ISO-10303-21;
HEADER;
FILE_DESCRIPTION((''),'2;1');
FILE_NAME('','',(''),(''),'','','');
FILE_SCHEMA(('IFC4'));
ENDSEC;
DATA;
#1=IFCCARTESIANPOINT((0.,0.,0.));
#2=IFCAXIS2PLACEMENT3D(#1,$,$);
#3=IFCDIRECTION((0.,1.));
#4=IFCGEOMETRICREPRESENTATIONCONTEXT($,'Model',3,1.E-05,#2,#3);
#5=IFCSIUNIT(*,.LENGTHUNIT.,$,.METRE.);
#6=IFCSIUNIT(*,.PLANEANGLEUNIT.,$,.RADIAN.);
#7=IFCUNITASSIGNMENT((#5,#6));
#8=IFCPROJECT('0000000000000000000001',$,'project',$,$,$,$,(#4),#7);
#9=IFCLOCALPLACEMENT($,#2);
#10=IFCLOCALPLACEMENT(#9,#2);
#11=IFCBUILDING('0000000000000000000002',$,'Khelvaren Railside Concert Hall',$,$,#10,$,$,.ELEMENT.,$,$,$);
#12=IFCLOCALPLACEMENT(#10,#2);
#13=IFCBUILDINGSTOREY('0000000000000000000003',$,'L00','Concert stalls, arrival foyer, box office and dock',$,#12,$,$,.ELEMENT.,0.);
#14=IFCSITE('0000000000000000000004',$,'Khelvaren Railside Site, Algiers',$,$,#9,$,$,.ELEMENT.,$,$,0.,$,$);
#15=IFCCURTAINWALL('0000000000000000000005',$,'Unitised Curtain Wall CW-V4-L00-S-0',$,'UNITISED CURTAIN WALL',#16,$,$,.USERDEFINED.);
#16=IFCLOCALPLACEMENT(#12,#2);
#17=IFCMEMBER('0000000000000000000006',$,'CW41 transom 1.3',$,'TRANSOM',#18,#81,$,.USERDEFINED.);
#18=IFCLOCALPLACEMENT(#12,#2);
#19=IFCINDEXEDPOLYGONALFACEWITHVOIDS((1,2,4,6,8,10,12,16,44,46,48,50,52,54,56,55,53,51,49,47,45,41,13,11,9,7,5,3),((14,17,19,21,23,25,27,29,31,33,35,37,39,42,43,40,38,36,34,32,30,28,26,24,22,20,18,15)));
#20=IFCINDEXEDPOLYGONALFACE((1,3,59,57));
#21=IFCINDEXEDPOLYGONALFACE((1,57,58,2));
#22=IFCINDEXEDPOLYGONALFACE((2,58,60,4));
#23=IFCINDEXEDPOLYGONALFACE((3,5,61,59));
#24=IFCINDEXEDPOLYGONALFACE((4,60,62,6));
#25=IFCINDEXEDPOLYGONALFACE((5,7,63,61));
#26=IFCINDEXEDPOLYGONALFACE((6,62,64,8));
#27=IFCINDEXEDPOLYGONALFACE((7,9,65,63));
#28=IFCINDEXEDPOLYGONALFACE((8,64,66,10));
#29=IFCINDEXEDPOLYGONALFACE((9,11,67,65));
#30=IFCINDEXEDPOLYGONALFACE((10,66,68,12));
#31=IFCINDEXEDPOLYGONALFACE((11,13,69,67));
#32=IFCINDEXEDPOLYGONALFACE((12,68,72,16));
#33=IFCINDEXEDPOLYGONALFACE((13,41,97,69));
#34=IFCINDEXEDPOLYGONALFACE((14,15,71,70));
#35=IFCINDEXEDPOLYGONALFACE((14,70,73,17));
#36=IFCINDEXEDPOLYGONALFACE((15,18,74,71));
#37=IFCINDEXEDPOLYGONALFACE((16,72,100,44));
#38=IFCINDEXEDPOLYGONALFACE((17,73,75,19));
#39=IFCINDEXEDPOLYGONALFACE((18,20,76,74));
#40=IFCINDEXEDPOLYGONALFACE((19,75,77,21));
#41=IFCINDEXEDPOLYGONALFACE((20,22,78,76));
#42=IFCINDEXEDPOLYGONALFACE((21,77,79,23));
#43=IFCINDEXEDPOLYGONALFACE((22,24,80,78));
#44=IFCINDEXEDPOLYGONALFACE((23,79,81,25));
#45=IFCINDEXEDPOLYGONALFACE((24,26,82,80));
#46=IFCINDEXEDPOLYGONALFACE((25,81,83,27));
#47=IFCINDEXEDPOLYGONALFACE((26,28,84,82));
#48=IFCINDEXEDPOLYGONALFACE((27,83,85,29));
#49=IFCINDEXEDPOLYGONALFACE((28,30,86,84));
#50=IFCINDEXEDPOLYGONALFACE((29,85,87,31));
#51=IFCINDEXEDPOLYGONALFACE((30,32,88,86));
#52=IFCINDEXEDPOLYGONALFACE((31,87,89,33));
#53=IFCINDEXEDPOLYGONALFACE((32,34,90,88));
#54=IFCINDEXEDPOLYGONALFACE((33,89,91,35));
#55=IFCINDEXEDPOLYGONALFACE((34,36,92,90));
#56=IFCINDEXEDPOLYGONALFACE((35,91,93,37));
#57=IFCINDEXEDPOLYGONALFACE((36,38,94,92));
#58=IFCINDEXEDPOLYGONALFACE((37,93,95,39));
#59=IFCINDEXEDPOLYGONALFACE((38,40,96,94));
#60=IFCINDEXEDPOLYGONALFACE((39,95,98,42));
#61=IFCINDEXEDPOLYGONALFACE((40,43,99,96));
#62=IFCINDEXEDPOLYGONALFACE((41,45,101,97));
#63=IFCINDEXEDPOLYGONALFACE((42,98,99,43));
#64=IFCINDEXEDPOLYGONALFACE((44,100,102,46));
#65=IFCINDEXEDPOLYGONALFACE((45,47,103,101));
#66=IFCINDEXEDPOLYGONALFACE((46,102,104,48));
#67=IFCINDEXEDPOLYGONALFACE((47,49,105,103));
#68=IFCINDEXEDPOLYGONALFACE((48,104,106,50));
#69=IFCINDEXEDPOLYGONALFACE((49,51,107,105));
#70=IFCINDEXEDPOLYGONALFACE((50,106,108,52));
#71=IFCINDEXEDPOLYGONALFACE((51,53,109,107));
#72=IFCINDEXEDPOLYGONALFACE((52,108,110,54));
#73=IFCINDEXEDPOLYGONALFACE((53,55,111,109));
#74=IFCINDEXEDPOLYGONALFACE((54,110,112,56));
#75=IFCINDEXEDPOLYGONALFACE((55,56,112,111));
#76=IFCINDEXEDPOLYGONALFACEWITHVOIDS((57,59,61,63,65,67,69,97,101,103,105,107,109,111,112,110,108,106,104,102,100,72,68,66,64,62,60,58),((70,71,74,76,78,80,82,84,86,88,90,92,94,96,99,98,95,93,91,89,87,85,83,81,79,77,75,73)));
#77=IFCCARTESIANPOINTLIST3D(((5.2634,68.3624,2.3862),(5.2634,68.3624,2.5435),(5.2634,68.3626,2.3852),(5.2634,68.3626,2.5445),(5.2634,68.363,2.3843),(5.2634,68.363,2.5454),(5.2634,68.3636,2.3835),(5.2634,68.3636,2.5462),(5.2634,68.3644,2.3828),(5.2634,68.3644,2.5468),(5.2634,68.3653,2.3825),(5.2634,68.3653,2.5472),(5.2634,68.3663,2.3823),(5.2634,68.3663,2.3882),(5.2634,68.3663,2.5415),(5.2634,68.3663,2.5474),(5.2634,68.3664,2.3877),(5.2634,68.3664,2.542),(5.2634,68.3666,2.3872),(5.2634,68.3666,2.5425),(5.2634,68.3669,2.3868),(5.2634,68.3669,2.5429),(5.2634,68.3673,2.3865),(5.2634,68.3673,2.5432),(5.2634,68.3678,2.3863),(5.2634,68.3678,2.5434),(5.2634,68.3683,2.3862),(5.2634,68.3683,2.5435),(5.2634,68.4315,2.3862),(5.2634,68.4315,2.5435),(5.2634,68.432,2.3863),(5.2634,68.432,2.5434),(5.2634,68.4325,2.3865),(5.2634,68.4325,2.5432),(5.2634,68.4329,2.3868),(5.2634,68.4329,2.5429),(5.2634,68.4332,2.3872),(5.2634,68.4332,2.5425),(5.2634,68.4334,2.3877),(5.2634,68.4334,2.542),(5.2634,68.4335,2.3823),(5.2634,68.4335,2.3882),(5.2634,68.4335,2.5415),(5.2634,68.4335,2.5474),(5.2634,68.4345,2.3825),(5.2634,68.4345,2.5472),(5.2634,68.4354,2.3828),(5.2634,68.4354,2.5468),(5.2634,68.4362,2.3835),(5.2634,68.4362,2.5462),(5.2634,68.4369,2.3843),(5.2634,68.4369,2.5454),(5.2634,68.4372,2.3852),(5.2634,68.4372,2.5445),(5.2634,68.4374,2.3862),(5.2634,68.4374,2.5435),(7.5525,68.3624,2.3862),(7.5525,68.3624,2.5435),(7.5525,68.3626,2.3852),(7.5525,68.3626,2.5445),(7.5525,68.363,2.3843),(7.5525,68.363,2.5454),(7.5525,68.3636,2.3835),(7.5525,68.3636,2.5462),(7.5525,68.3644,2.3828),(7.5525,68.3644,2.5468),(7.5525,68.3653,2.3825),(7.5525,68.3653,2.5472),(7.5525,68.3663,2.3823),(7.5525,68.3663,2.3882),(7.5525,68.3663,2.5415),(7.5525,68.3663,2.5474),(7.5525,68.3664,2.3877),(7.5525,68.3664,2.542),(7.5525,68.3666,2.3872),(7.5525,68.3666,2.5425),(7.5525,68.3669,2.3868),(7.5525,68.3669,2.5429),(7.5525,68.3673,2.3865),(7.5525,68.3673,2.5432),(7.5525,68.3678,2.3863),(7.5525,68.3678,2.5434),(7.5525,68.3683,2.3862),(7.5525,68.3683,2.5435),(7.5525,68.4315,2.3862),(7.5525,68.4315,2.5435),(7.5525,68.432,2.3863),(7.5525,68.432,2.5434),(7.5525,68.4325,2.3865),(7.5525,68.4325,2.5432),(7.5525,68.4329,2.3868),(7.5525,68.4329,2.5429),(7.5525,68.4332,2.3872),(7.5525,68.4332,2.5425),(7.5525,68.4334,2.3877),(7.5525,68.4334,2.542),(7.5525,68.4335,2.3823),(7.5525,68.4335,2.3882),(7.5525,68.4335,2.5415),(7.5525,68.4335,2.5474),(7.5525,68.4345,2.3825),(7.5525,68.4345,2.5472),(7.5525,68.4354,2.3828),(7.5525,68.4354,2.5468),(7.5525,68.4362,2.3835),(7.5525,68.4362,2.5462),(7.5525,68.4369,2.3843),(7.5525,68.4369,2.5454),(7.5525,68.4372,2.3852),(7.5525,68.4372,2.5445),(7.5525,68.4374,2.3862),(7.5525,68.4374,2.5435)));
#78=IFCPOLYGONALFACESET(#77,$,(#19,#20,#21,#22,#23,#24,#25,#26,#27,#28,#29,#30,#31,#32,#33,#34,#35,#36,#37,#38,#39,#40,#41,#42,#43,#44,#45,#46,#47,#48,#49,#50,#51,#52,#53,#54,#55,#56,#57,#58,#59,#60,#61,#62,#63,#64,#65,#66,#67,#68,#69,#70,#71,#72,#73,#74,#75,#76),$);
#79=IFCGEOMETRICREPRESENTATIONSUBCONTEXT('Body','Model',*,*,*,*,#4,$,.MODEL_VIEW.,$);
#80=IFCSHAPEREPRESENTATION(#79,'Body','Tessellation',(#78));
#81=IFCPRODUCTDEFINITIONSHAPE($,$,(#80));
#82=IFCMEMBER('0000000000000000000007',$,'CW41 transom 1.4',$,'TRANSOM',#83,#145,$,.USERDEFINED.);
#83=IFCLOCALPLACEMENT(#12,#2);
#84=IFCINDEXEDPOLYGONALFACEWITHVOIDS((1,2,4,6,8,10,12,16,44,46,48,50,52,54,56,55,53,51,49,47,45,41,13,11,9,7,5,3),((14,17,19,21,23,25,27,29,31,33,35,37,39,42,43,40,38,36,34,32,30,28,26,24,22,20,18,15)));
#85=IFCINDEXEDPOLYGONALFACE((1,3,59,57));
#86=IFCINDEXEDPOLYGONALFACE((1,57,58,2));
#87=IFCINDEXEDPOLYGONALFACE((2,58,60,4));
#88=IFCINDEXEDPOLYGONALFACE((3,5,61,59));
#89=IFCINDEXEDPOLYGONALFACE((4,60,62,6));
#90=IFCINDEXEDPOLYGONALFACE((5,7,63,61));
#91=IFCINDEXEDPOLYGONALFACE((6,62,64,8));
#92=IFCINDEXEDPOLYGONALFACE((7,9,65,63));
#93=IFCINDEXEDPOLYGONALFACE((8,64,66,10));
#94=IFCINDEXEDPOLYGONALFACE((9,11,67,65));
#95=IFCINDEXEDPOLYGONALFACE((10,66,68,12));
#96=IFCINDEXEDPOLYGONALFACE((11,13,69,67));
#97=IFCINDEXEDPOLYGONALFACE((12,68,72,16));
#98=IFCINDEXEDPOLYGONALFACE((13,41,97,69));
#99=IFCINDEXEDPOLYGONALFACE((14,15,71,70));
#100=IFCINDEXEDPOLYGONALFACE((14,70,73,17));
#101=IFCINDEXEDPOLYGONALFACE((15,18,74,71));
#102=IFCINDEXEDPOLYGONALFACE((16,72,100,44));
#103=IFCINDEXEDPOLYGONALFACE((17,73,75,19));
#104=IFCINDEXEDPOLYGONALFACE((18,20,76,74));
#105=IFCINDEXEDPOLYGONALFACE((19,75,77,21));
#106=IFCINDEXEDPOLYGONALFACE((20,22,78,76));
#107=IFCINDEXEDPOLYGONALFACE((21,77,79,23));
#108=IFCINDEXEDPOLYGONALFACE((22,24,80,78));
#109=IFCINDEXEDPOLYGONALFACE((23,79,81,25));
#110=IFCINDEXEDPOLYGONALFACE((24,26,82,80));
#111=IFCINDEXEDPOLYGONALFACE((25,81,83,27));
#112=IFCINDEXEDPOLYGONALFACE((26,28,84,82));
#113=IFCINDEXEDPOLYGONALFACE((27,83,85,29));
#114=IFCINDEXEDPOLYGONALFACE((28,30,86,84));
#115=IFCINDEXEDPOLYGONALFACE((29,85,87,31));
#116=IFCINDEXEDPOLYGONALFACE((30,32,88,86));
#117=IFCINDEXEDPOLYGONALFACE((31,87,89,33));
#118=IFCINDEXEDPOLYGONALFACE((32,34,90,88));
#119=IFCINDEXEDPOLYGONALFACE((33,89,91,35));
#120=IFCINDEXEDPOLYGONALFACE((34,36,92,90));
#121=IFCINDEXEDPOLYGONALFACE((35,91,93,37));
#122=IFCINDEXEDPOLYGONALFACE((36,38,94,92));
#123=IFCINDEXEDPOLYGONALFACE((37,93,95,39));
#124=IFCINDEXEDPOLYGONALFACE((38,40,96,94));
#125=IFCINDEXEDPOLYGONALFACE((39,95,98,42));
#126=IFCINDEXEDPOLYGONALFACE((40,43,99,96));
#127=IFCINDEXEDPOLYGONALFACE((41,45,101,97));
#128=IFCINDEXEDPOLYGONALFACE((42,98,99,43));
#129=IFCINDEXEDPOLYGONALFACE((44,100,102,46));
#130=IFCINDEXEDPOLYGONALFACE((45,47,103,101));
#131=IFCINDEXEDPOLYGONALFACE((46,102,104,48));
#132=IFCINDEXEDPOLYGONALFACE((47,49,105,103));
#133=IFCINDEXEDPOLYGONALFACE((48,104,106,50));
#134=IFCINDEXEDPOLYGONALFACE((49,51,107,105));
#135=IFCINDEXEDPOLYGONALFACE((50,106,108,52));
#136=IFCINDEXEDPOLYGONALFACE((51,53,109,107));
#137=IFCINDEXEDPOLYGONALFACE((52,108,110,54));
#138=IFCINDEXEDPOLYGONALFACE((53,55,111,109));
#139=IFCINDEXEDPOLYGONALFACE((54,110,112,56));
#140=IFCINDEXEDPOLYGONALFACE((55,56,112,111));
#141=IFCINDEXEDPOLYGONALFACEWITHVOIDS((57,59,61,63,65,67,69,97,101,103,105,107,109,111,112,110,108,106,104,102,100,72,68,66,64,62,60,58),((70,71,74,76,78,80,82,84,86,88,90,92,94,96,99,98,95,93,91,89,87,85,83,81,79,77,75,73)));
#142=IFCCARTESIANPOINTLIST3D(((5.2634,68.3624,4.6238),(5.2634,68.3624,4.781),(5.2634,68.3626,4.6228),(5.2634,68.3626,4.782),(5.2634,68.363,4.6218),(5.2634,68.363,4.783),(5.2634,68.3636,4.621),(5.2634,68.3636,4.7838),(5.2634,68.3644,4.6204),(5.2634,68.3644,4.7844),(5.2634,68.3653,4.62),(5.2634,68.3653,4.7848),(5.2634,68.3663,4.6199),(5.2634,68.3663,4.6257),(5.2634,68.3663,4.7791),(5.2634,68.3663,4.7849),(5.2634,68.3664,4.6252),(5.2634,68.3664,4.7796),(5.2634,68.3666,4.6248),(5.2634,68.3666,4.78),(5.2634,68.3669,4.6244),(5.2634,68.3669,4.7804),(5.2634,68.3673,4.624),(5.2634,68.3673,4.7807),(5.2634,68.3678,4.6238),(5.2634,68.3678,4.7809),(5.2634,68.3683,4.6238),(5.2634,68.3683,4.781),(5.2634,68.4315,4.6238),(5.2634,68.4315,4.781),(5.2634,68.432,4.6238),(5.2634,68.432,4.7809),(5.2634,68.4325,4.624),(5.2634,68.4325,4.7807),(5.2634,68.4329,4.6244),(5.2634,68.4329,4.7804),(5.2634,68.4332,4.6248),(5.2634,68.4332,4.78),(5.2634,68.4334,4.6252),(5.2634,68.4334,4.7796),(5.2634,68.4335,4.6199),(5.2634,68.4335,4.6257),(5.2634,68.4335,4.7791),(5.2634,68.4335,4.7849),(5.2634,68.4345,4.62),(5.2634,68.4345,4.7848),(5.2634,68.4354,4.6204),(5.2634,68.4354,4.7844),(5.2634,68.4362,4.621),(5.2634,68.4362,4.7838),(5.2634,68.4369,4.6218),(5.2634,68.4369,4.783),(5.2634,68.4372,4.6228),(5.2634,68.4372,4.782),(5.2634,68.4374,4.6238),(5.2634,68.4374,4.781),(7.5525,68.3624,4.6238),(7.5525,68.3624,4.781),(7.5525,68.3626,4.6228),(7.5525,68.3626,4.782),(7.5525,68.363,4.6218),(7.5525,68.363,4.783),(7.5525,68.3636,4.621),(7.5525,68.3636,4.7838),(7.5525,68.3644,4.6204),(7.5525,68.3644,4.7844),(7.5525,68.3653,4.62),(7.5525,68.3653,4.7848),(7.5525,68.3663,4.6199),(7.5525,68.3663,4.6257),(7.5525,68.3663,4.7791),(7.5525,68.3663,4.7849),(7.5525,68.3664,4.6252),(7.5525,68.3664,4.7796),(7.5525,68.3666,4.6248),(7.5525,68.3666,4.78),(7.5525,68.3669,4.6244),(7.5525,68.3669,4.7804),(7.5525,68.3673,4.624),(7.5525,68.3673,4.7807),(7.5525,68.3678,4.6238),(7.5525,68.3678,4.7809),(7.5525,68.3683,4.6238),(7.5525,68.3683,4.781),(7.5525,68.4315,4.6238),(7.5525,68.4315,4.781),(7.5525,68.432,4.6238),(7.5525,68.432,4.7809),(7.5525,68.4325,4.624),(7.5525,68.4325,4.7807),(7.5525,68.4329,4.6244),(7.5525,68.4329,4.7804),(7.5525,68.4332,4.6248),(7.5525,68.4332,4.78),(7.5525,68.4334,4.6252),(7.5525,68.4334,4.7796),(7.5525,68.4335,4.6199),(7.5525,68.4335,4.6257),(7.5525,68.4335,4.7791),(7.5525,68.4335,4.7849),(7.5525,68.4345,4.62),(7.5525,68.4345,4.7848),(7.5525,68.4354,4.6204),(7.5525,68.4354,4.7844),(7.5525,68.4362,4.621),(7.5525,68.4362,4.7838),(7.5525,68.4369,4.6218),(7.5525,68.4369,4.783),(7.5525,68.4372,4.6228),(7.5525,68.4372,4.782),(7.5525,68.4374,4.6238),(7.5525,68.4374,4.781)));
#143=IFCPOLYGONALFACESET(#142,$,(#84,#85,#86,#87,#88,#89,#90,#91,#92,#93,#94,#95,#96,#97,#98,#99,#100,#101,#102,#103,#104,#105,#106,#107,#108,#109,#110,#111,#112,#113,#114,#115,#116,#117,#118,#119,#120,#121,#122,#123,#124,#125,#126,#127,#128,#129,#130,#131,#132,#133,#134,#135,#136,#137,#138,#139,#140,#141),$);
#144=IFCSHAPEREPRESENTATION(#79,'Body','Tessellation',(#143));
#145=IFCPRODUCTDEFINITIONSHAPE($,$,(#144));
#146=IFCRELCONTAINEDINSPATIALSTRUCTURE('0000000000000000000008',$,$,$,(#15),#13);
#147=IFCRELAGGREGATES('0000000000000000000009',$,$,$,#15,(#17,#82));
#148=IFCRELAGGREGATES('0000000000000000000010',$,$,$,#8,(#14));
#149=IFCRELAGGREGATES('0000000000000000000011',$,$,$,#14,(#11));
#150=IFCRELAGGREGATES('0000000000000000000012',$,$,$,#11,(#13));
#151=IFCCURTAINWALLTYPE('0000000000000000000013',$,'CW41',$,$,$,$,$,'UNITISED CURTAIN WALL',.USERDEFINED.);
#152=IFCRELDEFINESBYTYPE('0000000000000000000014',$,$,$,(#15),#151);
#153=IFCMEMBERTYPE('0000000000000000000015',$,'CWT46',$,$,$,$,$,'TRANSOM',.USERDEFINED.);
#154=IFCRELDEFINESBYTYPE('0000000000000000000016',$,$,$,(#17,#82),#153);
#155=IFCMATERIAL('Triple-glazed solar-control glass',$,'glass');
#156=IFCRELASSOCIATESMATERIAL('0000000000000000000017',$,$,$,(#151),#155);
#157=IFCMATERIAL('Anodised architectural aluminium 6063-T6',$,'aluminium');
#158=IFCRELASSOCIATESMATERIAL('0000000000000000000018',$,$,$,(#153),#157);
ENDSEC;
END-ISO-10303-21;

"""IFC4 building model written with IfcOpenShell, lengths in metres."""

from ifc_helpers import new_model, si_unit, direction, frame, origin, origin_2d, place, context, subcontext, project, spatial, hollow_rectangle, extrude, material, material_profile, profile_set, type_object, element, aggregate, save


model = new_model("IFC4")

# Units and contexts
model_context = context("Model", 3, precision=1e-05, world=origin(), true_north=direction((0.0, 1.0)))
body_context = subcontext(model_context, "Body", "Model", "MODEL_VIEW")
ifc_project = project(units=[si_unit("LENGTHUNIT", "METRE"), si_unit("PLANEANGLEUNIT", "RADIAN")], contexts=[model_context])

# Site, building, storey
site_placement = place(None, origin())
site = spatial("IfcSite", under=ifc_project, at=site_placement, Name="Khelvaren Railside Site, Algiers", CompositionType="ELEMENT", RefElevation=0.0)
building_placement = place(site_placement, origin())
building = spatial("IfcBuilding", under=site, at=building_placement, Name="Khelvaren Railside Concert Hall", CompositionType="ELEMENT")
storey_placement = place(building_placement, origin())
storey = spatial("IfcBuildingStorey", under=building, at=storey_placement, Name="L00", Description="Concert stalls, arrival foyer, box office and dock", CompositionType="ELEMENT", Elevation=0.0)

# Curtain wall
ifc_material_1 = material(Name="Triple-glazed solar-control glass", Category="glass")
curtain_wall_type_1 = type_object("IfcCurtainWallType", Name="CW41", ElementType="UNITISED CURTAIN WALL", PredefinedType="USERDEFINED", material=ifc_material_1)
curtain_wall_1_placement = place(storey_placement, origin())
curtain_wall_1 = element("IfcCurtainWall", 1, at=curtain_wall_1_placement, inside=storey, type_object=curtain_wall_type_1, Name="Unitised Curtain Wall CW-V4-L00-S-0", ObjectType="UNITISED CURTAIN WALL", PredefinedType="USERDEFINED")
ifc_material_2 = material(Name="Anodised architectural aluminium 6063-T6", Category="aluminium")

# Members
ifc_material_profile_1 = material_profile(ifc_material_2, hollow_rectangle(XDim=0.075, YDim=0.165, WallThickness=0.0039, InnerFilletRadius=0.002, OuterFilletRadius=0.0039, at=origin_2d()), Name="CWT 75x165x4")
ifc_profile_set_1 = profile_set([ifc_material_profile_1], Name="Anodised architectural aluminium 6063-T6")
member_type_1 = type_object("IfcMemberType", Name="CWT46", ElementType="TRANSOM", PredefinedType="USERDEFINED", material=ifc_profile_set_1)
member_1_placement = place(storey_placement, frame((7.5525, 68.3999, 2.4648), z_axis=(-1.0, 0.0, 0.0), x_axis=(0.0, -1.0, 0.0)))
member_1 = element("IfcMember", 2, at=member_1_placement, type_object=member_type_1, Name="CW41 transom 1.3", ObjectType="TRANSOM", PredefinedType="USERDEFINED", context=body_context, shape_type="SweptSolid", body=[
    extrude(hollow_rectangle(XDim=0.075, YDim=0.165, WallThickness=0.0039, InnerFilletRadius=0.002, OuterFilletRadius=0.0039, at=origin_2d()), origin(), (0.0, 0.0, 1.0), 2.2891),
])
member_2_placement = place(storey_placement, frame((7.5525, 68.3999, 4.7024), z_axis=(-1.0, 0.0, 0.0), x_axis=(0.0, -1.0, 0.0)))
member_2 = element("IfcMember", 3, at=member_2_placement, type_object=member_type_1, Name="CW41 transom 1.4", ObjectType="TRANSOM", PredefinedType="USERDEFINED", context=body_context, shape_type="SweptSolid", body=[
    extrude(hollow_rectangle(XDim=0.075, YDim=0.165, WallThickness=0.0039, InnerFilletRadius=0.002, OuterFilletRadius=0.0039, at=origin_2d()), origin(), (0.0, 0.0, 1.0), 2.2891),
])

aggregate(curtain_wall_1, [member_1, member_2])

save(model, "model.ifc")
